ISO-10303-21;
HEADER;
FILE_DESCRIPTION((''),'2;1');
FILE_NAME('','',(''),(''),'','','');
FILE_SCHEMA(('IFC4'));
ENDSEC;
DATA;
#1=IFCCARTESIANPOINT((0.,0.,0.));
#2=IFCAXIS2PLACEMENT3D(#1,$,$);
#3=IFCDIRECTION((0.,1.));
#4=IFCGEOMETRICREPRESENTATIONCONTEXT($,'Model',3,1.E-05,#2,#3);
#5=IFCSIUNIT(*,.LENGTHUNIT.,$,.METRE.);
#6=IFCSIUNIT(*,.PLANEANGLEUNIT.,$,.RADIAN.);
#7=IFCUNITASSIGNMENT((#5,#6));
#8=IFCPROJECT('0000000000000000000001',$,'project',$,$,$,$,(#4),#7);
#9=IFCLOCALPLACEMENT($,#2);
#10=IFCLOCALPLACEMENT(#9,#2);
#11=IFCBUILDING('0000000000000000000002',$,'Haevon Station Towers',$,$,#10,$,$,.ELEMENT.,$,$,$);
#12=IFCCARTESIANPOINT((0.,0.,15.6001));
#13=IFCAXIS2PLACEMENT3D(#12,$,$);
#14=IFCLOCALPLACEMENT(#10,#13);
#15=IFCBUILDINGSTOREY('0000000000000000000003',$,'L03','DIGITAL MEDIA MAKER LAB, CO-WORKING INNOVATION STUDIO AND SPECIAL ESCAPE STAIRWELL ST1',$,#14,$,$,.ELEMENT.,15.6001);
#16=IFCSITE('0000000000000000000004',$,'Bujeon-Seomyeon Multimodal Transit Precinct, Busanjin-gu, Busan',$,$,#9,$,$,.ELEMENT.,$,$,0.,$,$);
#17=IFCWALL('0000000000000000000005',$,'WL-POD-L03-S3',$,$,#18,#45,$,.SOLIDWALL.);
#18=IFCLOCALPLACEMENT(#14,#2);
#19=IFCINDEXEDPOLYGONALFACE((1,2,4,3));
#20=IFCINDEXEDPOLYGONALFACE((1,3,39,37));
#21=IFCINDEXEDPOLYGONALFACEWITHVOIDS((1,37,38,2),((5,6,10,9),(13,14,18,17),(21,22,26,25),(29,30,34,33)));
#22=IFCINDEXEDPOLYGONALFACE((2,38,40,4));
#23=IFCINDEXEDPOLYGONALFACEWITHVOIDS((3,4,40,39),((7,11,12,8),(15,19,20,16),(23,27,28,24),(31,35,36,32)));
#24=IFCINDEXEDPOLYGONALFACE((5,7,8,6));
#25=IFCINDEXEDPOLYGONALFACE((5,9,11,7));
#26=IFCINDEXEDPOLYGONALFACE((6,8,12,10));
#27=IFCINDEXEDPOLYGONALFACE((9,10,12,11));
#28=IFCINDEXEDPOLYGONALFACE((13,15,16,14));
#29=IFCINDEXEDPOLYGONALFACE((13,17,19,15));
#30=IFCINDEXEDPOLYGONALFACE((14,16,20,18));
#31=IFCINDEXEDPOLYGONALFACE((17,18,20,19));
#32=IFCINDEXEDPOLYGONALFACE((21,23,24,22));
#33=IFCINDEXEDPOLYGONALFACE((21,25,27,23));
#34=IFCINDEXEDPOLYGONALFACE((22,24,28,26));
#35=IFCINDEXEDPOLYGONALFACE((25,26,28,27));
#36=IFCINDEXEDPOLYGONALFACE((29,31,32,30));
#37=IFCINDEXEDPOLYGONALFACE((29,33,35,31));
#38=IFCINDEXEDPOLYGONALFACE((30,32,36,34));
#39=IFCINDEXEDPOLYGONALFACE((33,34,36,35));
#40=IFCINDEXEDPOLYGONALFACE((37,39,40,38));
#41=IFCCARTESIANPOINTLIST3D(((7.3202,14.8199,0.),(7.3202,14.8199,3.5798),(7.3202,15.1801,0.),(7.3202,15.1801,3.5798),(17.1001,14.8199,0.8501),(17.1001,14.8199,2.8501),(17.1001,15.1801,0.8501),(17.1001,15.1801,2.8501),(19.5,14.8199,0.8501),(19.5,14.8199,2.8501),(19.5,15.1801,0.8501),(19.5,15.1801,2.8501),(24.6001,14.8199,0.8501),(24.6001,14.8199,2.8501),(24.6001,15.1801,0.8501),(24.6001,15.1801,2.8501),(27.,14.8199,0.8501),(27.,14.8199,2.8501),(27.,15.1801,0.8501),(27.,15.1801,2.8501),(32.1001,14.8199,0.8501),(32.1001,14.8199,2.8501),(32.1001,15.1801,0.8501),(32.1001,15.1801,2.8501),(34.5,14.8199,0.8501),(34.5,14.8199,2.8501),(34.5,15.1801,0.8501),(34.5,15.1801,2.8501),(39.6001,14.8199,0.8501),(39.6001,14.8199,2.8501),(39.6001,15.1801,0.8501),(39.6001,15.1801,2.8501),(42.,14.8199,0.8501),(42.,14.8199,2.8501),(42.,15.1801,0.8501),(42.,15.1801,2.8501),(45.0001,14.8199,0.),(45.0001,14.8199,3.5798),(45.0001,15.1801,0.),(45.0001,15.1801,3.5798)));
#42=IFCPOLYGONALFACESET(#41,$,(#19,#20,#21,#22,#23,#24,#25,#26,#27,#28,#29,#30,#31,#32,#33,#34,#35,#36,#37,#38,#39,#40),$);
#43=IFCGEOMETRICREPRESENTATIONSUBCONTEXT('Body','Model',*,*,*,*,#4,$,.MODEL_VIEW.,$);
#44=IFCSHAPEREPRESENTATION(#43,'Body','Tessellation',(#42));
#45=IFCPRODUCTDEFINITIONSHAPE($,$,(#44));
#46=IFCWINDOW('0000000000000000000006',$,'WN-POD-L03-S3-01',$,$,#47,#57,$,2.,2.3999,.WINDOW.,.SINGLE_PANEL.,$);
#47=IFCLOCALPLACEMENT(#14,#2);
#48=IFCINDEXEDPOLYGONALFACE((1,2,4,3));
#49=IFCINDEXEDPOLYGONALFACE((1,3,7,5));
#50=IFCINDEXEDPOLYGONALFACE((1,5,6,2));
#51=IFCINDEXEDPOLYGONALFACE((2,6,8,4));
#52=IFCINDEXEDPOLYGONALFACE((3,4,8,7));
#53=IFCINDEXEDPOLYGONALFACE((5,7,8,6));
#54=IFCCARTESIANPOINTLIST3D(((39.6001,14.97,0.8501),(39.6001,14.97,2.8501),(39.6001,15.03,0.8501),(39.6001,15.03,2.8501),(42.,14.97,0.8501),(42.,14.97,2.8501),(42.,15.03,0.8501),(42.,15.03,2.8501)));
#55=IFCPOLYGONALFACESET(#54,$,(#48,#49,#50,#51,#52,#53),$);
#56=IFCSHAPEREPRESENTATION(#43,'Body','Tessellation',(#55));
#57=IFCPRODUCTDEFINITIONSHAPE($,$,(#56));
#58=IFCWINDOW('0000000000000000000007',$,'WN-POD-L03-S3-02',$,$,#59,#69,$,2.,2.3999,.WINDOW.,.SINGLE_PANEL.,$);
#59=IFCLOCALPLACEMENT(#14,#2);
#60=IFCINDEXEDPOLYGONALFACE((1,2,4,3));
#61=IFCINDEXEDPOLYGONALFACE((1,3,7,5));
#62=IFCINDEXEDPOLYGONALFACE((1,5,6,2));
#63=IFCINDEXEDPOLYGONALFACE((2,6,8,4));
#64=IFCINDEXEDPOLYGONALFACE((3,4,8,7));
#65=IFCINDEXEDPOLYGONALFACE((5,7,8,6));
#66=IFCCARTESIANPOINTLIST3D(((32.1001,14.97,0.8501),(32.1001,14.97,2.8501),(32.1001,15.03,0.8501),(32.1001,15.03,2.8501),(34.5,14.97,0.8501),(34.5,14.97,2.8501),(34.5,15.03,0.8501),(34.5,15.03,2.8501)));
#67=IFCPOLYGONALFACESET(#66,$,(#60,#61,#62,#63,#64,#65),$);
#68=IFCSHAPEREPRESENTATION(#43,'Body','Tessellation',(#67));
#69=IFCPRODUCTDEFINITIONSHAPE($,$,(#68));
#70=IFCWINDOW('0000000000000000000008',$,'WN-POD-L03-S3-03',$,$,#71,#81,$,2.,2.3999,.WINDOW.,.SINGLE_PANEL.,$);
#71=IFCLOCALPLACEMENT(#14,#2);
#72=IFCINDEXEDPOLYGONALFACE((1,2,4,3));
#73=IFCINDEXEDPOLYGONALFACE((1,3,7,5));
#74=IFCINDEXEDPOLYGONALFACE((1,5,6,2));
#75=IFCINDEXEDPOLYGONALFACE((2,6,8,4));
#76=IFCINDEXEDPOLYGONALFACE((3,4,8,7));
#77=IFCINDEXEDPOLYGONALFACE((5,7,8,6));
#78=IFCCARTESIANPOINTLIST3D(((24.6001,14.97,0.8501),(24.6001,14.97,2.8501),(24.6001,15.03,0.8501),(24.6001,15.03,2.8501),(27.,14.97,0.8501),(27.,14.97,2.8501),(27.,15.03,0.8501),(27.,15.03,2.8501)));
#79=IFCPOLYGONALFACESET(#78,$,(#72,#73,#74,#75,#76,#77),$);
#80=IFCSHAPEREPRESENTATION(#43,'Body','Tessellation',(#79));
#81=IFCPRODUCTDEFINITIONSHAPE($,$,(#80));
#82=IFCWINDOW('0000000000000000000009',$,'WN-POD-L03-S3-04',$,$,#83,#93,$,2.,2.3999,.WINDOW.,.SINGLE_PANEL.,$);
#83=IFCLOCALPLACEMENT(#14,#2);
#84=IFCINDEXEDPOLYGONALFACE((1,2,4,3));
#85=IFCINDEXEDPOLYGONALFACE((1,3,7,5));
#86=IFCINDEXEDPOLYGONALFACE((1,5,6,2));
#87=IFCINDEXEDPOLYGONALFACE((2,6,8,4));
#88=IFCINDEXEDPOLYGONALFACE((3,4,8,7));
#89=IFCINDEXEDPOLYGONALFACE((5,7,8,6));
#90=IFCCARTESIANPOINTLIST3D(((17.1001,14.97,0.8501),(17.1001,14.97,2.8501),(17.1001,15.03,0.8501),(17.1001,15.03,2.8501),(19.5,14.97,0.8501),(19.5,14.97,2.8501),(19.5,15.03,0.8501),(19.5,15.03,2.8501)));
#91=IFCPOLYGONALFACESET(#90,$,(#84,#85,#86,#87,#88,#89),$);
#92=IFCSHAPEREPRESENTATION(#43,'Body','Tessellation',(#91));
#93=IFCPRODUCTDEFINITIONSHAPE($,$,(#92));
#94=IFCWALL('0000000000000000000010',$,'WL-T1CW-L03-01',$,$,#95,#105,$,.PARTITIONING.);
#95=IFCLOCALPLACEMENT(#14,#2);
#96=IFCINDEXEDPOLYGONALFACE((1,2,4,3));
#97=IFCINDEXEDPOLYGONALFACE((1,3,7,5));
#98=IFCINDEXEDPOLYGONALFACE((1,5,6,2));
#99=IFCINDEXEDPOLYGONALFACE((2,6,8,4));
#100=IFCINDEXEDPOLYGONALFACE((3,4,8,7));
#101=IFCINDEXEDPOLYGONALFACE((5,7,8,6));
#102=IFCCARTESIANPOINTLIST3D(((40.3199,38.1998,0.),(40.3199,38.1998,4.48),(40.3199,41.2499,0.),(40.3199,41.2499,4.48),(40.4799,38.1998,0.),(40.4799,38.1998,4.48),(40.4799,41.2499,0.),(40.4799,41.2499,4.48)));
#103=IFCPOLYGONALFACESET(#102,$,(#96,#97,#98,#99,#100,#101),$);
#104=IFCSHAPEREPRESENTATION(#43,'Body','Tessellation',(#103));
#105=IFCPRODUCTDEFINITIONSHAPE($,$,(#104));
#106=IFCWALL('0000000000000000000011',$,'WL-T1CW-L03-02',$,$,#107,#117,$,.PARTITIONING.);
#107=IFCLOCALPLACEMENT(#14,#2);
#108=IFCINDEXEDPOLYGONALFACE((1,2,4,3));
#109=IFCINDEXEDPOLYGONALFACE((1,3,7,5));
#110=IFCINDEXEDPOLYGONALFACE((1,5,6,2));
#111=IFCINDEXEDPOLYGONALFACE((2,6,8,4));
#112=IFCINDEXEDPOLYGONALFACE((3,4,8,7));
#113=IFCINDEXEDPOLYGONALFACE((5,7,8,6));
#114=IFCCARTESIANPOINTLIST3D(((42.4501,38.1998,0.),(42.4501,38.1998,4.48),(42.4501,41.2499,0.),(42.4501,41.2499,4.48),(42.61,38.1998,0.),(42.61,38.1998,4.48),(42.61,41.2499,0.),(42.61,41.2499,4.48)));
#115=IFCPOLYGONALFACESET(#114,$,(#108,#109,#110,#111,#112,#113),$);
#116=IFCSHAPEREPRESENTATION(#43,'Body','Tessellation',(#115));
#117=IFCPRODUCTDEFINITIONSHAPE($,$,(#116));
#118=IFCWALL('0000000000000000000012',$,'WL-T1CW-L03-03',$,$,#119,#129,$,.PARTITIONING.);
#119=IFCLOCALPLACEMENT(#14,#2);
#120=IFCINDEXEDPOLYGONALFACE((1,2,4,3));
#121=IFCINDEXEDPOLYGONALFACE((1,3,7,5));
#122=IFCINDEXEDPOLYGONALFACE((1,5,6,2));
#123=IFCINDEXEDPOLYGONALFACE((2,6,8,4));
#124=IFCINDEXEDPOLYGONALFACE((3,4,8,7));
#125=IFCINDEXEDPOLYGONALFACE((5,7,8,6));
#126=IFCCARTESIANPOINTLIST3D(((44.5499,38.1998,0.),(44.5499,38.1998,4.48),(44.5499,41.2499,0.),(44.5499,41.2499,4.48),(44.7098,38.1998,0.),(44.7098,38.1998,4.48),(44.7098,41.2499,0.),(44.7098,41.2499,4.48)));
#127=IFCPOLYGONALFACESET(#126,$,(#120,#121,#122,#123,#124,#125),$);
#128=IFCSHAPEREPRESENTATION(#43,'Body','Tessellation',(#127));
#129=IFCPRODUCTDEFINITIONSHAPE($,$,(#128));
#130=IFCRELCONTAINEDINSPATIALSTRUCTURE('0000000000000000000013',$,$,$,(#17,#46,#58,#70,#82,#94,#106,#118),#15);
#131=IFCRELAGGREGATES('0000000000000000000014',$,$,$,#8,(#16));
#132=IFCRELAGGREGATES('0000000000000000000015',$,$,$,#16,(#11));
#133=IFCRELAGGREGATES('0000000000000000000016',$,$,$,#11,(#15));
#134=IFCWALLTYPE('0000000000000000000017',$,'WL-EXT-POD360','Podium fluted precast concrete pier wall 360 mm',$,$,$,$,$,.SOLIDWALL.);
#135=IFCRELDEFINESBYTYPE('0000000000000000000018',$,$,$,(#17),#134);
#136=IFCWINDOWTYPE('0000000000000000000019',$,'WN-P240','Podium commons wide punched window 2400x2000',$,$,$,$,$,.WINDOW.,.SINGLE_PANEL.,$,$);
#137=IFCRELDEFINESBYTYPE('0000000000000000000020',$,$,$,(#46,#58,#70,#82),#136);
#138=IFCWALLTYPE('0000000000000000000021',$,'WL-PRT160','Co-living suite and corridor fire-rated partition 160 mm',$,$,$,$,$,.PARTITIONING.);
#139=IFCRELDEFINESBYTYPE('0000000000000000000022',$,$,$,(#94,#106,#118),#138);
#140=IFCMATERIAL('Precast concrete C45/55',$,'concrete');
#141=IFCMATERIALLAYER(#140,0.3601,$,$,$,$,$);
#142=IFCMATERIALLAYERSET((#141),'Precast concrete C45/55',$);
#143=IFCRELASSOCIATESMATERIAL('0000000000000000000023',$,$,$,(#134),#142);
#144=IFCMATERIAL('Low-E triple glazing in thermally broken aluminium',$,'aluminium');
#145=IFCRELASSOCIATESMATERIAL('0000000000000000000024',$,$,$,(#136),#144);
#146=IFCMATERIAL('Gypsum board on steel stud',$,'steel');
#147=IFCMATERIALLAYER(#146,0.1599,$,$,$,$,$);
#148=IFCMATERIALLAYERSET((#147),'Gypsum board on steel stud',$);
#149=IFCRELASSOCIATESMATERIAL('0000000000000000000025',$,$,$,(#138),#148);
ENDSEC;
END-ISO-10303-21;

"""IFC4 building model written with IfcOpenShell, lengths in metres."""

from ifc_helpers import new_model, si_unit, direction, frame, frame_2d, origin, place, context, subcontext, project, spatial, rectangle, extrude, material, layer, layer_set, type_object, element, fill, save


model = new_model("IFC4")

# Units and contexts
model_context = context("Model", 3, precision=1e-05, world=origin(), true_north=direction((0.0, 1.0)))
body_context = subcontext(model_context, "Body", "Model", "MODEL_VIEW")
ifc_project = project(units=[si_unit("LENGTHUNIT", "METRE"), si_unit("PLANEANGLEUNIT", "RADIAN")], contexts=[model_context])

# Site, building, storey
site_placement = place(None, origin())
site = spatial("IfcSite", under=ifc_project, at=site_placement, Name="Bujeon-Seomyeon Multimodal Transit Precinct, Busanjin-gu, Busan", CompositionType="ELEMENT", RefElevation=0.0)
building_placement = place(site_placement, origin())
building = spatial("IfcBuilding", under=site, at=building_placement, Name="Haevon Station Towers", CompositionType="ELEMENT")
storey_placement = place(building_placement, frame((0.0, 0.0, 15.6001)))
storey = spatial("IfcBuildingStorey", under=building, at=storey_placement, Name="L03", Description="DIGITAL MEDIA MAKER LAB, CO-WORKING INNOVATION STUDIO AND SPECIAL ESCAPE STAIRWELL ST1", CompositionType="ELEMENT", Elevation=15.6001)

# Shared definitions
ifc_material_1 = material(Name="Gypsum board on steel stud", Category="steel")

# Wall, openings, windows
ifc_material_2 = material(Name="Precast concrete C45/55", Category="concrete")
ifc_layer_1 = layer(ifc_material_2, 0.3601)
ifc_layer_set_1 = layer_set([ifc_layer_1], Name="Precast concrete C45/55")
wall_type_1 = type_object("IfcWallType", Name="WL-EXT-POD360", Description="Podium fluted precast concrete pier wall 360 mm", PredefinedType="SOLIDWALL", material=ifc_layer_set_1)
wall_1_placement = place(storey_placement, frame((45.0, 15.0, 0.0), z_axis=(0.0, 0.0, 1.0), x_axis=(-1.0, 0.0, 0.0)))
wall_1 = element("IfcWall", 1, at=wall_1_placement, inside=storey, type_object=wall_type_1, Name="WL-POD-L03-S3", PredefinedType="SOLIDWALL", context=body_context, shape_type="SweptSolid", body=[
    extrude(rectangle(XDim=37.6799, YDim=0.3601, at=frame_2d((18.8398, 0.0))), origin(), (0.0, 0.0, 1.0), 3.5798),
])
opening_1_placement = place(wall_1_placement, frame((3.0, 0.0, 0.8501)))
opening_1 = element("IfcOpeningElement", 2, at=opening_1_placement, cuts=wall_1, PredefinedType="OPENING", context=body_context, shape_type="SweptSolid", body=[
    extrude(rectangle(XDim=2.3999, YDim=2.0, at=frame_2d((1.2, 1.0))), frame((0.0, 0.1899, 0.0), z_axis=(0.0, -1.0, 0.0), x_axis=(1.0, 0.0, 0.0)), (0.0, 0.0, 1.0), 0.3801),
])
opening_2_placement = place(wall_1_placement, frame((10.5, 0.0, 0.8501)))
opening_2 = element("IfcOpeningElement", 3, at=opening_2_placement, cuts=wall_1, PredefinedType="OPENING", context=body_context, shape_type="SweptSolid", body=[
    extrude(rectangle(XDim=2.3999, YDim=2.0, at=frame_2d((1.2, 1.0))), frame((0.0, 0.1899, 0.0), z_axis=(0.0, -1.0, 0.0), x_axis=(1.0, 0.0, 0.0)), (0.0, 0.0, 1.0), 0.3801),
])
opening_3_placement = place(wall_1_placement, frame((18.0, 0.0, 0.8501)))
opening_3 = element("IfcOpeningElement", 4, at=opening_3_placement, cuts=wall_1, PredefinedType="OPENING", context=body_context, shape_type="SweptSolid", body=[
    extrude(rectangle(XDim=2.3999, YDim=2.0, at=frame_2d((1.2, 1.0))), frame((0.0, 0.1899, 0.0), z_axis=(0.0, -1.0, 0.0), x_axis=(1.0, 0.0, 0.0)), (0.0, 0.0, 1.0), 0.3801),
])
opening_4_placement = place(wall_1_placement, frame((25.5, 0.0, 0.8501)))
opening_4 = element("IfcOpeningElement", 5, at=opening_4_placement, cuts=wall_1, PredefinedType="OPENING", context=body_context, shape_type="SweptSolid", body=[
    extrude(rectangle(XDim=2.3999, YDim=2.0, at=frame_2d((1.2, 1.0))), frame((0.0, 0.1899, 0.0), z_axis=(0.0, -1.0, 0.0), x_axis=(1.0, 0.0, 0.0)), (0.0, 0.0, 1.0), 0.3801),
])
ifc_material_3 = material(Name="Low-E triple glazing in thermally broken aluminium", Category="aluminium")
window_type = type_object("IfcWindowType", Name="WN-P240", Description="Podium commons wide punched window 2400x2000", PartitioningType="SINGLE_PANEL", PredefinedType="WINDOW", material=ifc_material_3)
window_1_placement = place(opening_1_placement, origin())
window_1 = element("IfcWindow", 6, at=window_1_placement, inside=storey, type_object=window_type, Name="WN-POD-L03-S3-01", OverallHeight=2.0, OverallWidth=2.3999, PartitioningType="SINGLE_PANEL", PredefinedType="WINDOW", context=body_context, shape_type="SweptSolid", body=[
    extrude(rectangle(XDim=2.3999, YDim=2.0, at=frame_2d((1.2, 1.0))), frame((0.0, 0.03, 0.0), z_axis=(0.0, -1.0, 0.0), x_axis=(1.0, 0.0, 0.0)), (0.0, 0.0, 1.0), 0.0601),
])
fill(opening_1, window_1)
window_2_placement = place(opening_2_placement, origin())
window_2 = element("IfcWindow", 7, at=window_2_placement, inside=storey, type_object=window_type, Name="WN-POD-L03-S3-02", OverallHeight=2.0, OverallWidth=2.3999, PartitioningType="SINGLE_PANEL", PredefinedType="WINDOW", context=body_context, shape_type="SweptSolid", body=[
    extrude(rectangle(XDim=2.3999, YDim=2.0, at=frame_2d((1.2, 1.0))), frame((0.0, 0.03, 0.0), z_axis=(0.0, -1.0, 0.0), x_axis=(1.0, 0.0, 0.0)), (0.0, 0.0, 1.0), 0.0601),
])
fill(opening_2, window_2)
window_3_placement = place(opening_3_placement, origin())
window_3 = element("IfcWindow", 8, at=window_3_placement, inside=storey, type_object=window_type, Name="WN-POD-L03-S3-03", OverallHeight=2.0, OverallWidth=2.3999, PartitioningType="SINGLE_PANEL", PredefinedType="WINDOW", context=body_context, shape_type="SweptSolid", body=[
    extrude(rectangle(XDim=2.3999, YDim=2.0, at=frame_2d((1.2, 1.0))), frame((0.0, 0.03, 0.0), z_axis=(0.0, -1.0, 0.0), x_axis=(1.0, 0.0, 0.0)), (0.0, 0.0, 1.0), 0.0601),
])
fill(opening_3, window_3)
window_4_placement = place(opening_4_placement, origin())
window_4 = element("IfcWindow", 9, at=window_4_placement, inside=storey, type_object=window_type, Name="WN-POD-L03-S3-04", OverallHeight=2.0, OverallWidth=2.3999, PartitioningType="SINGLE_PANEL", PredefinedType="WINDOW", context=body_context, shape_type="SweptSolid", body=[
    extrude(rectangle(XDim=2.3999, YDim=2.0, at=frame_2d((1.2, 1.0))), frame((0.0, 0.03, 0.0), z_axis=(0.0, -1.0, 0.0), x_axis=(1.0, 0.0, 0.0)), (0.0, 0.0, 1.0), 0.0601),
])
fill(opening_4, window_4)

# Walls
ifc_layer_2 = layer(ifc_material_1, 0.1599)
ifc_layer_set_2 = layer_set([ifc_layer_2], Name="Gypsum board on steel stud")
wall_type_2 = type_object("IfcWallType", Name="WL-PRT160", Description="Co-living suite and corridor fire-rated partition 160 mm", PredefinedType="PARTITIONING", material=ifc_layer_set_2)
for number, where, z_axis, x_axis, name in (
    (10, (40.3999, 38.2, 0.0), (0.0, 0.0, 1.0), (0.0, 1.0, 0.0), "WL-T1CW-L03-01"),
    (11, (42.53, 38.2, 0.0), (0.0, 0.0, 1.0), (0.0, 1.0, 0.0), "WL-T1CW-L03-02"),
    (12, (44.6299, 38.2, 0.0), (0.0, 0.0, 1.0), (0.0, 1.0, 0.0), "WL-T1CW-L03-03"),
):
    element("IfcWall", number, at=place(storey_placement, frame(where, z_axis=z_axis, x_axis=x_axis)), inside=storey, type_object=wall_type_2, Name=name, PredefinedType="PARTITIONING", context=body_context, shape_type="SweptSolid", body=[
        extrude(rectangle(XDim=3.05, YDim=0.1599, at=frame_2d((1.5249, 0.0))), origin(), (0.0, 0.0, 1.0), 4.48),
    ])

save(model, "model.ifc")
